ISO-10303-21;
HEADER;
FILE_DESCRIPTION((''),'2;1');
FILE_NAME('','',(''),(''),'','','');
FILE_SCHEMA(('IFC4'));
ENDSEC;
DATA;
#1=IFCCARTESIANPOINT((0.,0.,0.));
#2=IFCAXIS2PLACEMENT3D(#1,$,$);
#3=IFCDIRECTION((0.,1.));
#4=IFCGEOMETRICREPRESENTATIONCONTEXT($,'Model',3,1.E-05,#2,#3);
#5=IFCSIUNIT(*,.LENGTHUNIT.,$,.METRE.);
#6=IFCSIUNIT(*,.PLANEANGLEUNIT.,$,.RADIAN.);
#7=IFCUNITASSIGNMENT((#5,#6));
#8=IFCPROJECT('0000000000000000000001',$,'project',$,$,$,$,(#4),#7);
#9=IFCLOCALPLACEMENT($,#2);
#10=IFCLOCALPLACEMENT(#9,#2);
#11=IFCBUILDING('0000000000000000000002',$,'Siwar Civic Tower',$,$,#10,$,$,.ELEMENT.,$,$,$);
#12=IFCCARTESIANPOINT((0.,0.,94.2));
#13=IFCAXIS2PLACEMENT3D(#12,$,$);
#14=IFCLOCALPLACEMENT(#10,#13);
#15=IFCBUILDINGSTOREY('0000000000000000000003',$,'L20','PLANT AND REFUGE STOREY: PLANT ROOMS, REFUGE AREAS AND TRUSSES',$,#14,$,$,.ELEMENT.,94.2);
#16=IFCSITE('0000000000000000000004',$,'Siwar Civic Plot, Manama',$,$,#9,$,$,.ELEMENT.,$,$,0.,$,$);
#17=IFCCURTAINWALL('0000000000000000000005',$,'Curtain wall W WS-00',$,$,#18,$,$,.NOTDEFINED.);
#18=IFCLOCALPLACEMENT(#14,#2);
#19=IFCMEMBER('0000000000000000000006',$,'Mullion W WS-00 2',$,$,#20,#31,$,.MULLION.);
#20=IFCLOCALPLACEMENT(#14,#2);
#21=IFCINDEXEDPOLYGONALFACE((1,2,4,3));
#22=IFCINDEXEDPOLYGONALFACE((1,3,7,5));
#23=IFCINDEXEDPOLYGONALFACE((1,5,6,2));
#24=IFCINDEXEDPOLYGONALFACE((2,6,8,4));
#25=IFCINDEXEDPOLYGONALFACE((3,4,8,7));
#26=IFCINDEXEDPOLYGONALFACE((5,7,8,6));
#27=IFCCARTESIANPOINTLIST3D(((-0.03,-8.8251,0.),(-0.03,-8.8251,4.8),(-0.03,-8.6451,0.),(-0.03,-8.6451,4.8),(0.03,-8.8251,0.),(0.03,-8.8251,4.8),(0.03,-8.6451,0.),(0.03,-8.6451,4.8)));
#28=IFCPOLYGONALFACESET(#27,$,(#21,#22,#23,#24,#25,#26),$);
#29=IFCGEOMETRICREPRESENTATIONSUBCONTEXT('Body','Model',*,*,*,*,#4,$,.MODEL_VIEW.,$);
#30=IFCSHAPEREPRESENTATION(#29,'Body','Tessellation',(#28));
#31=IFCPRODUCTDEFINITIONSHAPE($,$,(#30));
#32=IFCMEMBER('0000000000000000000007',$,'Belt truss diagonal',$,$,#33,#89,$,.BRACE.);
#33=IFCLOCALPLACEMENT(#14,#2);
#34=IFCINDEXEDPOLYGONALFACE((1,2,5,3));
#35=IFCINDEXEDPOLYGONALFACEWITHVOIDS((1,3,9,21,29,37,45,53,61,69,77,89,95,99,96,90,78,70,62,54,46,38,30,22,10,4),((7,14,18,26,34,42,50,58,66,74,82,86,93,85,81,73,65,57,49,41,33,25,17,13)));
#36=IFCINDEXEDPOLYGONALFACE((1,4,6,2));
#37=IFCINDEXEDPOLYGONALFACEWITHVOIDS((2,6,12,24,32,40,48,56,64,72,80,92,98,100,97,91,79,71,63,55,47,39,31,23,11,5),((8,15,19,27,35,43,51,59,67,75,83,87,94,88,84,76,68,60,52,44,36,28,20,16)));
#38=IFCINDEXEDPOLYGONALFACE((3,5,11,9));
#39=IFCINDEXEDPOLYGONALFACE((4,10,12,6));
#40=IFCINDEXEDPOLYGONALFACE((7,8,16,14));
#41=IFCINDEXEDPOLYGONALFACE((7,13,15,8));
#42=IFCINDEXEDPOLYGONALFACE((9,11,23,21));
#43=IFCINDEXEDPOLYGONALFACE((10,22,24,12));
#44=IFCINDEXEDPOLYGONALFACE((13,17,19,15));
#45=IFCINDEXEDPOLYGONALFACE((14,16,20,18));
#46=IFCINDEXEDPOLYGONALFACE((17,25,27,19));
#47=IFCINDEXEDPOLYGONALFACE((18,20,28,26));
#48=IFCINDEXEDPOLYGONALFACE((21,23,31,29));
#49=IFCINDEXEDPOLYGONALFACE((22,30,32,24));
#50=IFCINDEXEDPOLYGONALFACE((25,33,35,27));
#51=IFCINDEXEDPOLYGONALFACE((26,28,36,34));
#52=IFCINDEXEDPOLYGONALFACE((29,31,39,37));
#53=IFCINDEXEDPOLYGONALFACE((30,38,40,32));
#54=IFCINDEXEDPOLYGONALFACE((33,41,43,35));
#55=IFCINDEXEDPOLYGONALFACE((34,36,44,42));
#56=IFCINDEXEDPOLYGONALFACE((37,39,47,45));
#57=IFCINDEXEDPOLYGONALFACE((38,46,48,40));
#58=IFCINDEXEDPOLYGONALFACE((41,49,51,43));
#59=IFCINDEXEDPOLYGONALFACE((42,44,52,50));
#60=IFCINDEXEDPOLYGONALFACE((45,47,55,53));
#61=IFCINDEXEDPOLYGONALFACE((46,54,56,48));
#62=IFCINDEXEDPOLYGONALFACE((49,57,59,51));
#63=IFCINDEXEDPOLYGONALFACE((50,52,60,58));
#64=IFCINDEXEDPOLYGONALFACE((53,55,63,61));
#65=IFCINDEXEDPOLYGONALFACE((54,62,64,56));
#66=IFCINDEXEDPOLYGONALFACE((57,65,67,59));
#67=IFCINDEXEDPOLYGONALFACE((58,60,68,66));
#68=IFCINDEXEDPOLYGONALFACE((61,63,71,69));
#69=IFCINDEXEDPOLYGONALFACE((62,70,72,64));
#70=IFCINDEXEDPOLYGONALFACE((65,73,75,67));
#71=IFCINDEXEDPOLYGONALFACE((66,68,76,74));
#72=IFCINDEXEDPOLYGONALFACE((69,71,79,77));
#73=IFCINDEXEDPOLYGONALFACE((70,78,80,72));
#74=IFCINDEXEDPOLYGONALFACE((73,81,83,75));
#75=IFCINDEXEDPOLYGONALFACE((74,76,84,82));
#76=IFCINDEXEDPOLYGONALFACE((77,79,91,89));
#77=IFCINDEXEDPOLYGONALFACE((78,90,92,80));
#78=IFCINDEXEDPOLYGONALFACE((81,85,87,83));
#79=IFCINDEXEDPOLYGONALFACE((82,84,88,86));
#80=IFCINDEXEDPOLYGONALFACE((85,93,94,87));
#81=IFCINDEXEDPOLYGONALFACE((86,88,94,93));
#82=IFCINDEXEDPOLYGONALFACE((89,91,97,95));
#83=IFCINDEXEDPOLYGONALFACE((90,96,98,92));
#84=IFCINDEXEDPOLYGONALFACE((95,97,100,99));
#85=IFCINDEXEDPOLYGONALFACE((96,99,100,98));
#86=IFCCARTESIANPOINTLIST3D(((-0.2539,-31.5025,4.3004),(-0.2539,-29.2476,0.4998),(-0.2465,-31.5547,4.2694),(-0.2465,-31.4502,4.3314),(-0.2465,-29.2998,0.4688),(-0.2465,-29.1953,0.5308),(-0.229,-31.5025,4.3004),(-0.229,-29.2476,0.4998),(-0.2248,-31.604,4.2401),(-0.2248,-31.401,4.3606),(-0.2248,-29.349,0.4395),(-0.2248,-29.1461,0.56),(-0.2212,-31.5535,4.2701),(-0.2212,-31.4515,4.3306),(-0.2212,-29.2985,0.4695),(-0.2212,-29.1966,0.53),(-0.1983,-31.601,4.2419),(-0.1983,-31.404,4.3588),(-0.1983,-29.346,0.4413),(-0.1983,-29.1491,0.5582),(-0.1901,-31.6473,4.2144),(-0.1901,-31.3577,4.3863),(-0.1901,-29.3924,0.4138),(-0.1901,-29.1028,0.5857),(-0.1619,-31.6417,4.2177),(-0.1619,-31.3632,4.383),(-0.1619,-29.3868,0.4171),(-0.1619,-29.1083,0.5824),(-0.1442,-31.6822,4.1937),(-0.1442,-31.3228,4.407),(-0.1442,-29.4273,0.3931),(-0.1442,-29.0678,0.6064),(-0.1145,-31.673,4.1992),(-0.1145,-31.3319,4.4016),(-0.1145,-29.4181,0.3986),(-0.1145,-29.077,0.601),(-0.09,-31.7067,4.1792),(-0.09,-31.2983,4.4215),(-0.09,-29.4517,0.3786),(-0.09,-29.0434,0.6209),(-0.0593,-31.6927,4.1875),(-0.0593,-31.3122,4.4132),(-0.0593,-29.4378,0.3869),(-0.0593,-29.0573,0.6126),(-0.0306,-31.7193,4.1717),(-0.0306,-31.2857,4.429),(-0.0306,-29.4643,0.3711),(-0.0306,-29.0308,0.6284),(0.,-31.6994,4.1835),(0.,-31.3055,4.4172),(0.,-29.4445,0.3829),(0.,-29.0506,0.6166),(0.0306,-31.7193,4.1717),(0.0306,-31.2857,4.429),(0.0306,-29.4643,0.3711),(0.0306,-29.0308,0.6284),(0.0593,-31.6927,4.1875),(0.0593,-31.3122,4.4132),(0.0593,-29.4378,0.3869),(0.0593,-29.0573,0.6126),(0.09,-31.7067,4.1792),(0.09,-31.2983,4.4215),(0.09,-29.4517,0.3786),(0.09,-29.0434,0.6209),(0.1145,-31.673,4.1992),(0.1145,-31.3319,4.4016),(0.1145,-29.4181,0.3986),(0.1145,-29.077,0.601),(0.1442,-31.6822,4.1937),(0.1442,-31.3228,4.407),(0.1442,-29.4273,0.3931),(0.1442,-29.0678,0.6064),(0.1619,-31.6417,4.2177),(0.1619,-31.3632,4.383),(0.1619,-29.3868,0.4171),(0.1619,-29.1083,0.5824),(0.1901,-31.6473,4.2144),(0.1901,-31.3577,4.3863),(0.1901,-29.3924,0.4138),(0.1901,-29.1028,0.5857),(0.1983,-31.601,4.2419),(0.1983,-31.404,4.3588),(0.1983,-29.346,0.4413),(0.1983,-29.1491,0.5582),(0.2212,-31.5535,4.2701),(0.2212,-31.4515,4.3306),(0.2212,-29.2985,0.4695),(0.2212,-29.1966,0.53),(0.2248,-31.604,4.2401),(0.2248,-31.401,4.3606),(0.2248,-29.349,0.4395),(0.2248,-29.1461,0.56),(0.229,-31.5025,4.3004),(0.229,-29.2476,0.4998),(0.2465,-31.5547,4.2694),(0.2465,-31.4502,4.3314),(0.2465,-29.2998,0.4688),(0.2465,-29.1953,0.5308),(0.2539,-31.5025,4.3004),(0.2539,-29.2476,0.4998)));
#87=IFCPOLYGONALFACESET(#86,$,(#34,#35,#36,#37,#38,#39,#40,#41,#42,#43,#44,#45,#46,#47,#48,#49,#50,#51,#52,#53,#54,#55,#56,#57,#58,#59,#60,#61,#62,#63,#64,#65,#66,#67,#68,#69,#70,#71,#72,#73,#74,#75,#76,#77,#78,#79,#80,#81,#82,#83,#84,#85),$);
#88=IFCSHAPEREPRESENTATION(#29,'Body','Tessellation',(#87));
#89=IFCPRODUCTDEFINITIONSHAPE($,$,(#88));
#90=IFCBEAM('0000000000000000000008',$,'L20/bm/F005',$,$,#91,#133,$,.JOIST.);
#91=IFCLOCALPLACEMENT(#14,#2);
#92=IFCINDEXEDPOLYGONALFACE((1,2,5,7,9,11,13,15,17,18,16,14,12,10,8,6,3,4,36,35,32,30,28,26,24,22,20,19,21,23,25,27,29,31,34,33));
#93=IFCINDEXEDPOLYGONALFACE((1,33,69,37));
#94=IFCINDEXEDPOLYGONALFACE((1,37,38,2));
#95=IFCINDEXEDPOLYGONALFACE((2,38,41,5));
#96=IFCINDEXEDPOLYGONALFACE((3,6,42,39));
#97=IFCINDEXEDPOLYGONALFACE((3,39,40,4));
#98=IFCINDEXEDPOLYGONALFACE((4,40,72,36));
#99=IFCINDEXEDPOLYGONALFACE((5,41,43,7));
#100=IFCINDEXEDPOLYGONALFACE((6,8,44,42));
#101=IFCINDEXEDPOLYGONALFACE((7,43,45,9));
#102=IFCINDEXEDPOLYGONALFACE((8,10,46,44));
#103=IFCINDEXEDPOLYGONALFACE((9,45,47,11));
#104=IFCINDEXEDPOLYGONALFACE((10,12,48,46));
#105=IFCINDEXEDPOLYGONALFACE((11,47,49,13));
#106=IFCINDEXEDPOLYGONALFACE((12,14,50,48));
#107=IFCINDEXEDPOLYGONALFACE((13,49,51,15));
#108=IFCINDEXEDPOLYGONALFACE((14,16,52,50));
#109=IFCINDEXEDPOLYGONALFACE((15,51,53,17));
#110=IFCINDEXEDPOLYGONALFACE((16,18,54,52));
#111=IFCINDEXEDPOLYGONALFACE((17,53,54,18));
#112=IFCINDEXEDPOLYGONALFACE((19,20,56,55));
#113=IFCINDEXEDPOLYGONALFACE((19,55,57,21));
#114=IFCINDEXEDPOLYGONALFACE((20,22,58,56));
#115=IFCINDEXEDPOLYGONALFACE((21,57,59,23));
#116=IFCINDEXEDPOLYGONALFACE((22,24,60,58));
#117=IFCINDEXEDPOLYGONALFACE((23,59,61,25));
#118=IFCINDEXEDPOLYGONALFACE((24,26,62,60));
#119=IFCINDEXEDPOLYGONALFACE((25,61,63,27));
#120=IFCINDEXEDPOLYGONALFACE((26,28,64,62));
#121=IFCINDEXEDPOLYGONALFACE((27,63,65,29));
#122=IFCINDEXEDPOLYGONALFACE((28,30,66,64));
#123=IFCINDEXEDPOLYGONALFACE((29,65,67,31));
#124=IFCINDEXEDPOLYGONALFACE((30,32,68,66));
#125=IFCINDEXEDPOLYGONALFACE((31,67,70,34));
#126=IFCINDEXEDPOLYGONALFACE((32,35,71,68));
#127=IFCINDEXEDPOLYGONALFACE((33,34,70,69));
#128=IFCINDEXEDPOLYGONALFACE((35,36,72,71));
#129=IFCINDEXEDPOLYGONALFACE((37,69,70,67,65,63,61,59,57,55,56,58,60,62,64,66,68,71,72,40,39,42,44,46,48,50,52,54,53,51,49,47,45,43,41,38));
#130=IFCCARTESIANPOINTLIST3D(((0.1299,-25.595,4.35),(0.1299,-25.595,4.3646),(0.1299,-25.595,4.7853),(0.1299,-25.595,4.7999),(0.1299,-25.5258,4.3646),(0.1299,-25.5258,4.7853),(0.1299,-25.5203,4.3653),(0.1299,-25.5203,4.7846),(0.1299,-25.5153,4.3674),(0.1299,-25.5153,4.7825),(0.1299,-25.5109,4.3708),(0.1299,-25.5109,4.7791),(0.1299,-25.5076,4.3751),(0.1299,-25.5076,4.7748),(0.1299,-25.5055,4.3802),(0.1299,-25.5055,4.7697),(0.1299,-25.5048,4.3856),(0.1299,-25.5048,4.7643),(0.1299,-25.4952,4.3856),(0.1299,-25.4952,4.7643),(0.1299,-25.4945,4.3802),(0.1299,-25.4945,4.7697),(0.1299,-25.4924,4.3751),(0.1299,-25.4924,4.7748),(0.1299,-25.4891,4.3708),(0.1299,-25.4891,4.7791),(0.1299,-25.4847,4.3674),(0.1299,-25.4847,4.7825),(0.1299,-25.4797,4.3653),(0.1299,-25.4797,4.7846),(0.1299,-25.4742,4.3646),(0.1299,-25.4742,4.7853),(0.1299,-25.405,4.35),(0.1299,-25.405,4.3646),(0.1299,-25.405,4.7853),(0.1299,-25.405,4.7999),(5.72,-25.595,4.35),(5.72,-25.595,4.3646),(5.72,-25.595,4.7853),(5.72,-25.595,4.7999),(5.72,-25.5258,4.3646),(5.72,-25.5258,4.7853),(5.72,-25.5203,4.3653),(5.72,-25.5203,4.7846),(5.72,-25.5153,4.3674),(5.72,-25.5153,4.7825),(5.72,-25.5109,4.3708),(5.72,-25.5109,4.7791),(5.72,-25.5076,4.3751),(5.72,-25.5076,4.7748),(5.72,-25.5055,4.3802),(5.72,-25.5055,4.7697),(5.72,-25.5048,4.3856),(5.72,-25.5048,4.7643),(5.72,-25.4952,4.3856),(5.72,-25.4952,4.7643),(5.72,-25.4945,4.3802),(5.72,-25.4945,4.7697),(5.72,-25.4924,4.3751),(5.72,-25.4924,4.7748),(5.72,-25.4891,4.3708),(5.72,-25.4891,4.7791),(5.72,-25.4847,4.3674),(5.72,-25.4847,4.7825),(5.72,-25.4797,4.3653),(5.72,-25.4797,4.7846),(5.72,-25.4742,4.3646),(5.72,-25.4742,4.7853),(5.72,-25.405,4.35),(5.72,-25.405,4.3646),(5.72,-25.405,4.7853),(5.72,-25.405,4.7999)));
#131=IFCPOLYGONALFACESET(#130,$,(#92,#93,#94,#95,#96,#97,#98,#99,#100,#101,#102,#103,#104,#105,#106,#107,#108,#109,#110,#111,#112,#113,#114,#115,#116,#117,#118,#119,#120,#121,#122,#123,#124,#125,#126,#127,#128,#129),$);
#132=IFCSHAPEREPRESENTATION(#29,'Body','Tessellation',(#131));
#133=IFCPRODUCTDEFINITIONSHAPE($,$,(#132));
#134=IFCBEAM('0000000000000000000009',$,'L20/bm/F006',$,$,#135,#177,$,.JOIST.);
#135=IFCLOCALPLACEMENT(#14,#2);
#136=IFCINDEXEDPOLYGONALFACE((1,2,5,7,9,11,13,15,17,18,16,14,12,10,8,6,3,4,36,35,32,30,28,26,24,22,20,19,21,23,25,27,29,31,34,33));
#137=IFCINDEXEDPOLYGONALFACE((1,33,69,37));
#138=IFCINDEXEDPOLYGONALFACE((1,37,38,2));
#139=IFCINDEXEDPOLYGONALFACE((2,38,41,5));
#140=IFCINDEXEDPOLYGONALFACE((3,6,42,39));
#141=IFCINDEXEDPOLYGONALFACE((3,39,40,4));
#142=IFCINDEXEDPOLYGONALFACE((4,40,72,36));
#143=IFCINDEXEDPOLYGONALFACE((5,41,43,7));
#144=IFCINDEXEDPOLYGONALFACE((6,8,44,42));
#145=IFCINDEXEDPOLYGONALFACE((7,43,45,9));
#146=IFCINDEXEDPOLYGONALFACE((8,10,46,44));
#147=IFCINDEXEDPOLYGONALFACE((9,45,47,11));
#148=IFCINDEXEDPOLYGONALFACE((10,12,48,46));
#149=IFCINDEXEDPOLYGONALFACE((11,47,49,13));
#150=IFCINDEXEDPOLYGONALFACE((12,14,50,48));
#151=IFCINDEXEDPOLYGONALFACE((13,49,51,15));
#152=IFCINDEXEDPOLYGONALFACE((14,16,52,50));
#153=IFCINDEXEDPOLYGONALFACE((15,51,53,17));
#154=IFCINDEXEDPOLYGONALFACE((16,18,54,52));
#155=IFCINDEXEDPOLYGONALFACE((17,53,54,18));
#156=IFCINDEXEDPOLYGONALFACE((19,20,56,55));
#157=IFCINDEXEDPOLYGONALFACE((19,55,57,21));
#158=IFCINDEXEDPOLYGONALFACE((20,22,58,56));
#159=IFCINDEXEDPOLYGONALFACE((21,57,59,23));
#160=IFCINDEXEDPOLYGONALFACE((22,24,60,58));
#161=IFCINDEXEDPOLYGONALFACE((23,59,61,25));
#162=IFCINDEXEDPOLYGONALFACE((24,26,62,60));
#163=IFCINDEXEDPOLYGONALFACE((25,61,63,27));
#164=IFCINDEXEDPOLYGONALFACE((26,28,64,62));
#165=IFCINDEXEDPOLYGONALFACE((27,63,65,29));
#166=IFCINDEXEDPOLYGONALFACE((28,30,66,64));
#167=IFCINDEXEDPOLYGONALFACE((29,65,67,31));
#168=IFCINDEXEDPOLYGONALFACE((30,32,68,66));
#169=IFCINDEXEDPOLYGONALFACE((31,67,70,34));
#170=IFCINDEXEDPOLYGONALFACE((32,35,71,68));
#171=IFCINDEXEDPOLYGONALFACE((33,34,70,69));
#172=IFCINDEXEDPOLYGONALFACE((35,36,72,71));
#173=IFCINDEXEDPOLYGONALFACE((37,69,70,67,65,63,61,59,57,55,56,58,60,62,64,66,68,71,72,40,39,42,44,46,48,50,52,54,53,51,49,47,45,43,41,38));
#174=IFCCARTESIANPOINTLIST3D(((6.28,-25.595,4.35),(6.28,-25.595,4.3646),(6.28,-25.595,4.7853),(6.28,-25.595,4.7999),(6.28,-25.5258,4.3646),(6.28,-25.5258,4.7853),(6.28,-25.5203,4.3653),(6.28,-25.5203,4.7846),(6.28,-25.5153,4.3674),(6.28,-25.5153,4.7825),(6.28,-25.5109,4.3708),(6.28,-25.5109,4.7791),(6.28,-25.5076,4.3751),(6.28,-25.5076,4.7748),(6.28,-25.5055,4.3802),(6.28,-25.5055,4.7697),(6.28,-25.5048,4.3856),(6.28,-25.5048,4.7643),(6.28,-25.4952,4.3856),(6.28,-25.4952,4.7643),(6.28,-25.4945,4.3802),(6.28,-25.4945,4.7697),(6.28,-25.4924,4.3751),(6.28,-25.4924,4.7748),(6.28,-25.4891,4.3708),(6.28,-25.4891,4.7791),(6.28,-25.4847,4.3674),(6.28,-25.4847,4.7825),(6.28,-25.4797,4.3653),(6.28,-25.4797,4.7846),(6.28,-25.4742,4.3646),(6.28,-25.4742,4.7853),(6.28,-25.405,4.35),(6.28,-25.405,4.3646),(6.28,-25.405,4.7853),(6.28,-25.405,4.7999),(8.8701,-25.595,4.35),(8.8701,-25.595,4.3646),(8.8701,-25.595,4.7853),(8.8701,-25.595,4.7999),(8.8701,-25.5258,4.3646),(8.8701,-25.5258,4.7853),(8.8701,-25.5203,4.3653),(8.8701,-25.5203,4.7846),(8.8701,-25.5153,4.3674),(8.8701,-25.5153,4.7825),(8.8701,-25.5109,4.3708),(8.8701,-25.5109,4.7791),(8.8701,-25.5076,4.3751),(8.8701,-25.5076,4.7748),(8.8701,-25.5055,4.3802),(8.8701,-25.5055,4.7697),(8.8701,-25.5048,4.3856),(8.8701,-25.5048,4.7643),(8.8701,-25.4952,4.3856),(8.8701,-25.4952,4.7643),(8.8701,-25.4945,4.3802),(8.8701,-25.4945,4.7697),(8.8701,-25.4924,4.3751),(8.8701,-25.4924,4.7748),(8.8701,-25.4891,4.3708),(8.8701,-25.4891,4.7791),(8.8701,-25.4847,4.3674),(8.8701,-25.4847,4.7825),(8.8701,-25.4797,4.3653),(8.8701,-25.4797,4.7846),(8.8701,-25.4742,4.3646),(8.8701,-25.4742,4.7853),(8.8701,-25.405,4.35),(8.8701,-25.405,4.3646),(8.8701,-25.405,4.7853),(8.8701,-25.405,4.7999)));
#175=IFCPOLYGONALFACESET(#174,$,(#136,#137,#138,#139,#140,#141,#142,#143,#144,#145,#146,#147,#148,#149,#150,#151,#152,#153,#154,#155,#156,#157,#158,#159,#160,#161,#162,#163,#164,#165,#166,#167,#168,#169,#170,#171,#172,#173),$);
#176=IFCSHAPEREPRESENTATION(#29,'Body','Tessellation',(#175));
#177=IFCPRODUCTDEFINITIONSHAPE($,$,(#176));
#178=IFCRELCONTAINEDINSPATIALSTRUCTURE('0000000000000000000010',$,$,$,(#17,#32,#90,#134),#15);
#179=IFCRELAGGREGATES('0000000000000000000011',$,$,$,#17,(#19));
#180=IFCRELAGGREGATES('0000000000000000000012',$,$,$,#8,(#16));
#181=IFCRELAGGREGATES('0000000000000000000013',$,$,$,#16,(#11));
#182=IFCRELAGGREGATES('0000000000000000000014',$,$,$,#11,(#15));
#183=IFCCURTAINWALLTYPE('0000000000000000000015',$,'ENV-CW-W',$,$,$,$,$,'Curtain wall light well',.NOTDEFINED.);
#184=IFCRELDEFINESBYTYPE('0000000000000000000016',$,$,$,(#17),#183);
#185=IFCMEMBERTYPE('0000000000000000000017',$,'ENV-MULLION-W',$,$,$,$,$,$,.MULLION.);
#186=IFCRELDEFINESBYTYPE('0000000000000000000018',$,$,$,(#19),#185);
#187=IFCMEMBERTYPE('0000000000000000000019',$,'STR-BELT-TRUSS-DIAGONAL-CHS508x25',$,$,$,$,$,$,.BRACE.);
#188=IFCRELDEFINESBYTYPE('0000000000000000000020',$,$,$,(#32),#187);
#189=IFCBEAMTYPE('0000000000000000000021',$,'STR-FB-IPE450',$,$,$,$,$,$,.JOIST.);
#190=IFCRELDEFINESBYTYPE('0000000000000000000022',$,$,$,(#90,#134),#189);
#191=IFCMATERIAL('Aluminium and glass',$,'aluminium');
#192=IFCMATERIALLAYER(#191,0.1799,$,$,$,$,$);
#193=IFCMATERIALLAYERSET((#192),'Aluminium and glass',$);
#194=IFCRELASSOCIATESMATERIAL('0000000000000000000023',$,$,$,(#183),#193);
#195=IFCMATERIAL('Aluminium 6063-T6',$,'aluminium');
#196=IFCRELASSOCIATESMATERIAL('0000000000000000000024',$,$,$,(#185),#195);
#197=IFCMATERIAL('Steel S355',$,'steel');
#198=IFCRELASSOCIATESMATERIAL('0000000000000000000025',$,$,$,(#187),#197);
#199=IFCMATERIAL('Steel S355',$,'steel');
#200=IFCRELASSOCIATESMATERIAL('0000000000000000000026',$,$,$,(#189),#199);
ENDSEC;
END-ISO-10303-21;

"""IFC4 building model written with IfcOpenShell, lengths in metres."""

from ifc_helpers import new_model, si_unit, direction, frame, origin, origin_2d, place, context, subcontext, project, spatial, rectangle, hollow_circle, i_section, extrude, material, layer, layer_set, material_profile, profile_set, type_object, element, aggregate, save


model = new_model("IFC4")

# Units and contexts
model_context = context("Model", 3, precision=1e-05, world=origin(), true_north=direction((0.0, 1.0)))
body_context = subcontext(model_context, "Body", "Model", "MODEL_VIEW")
ifc_project = project(units=[si_unit("LENGTHUNIT", "METRE"), si_unit("PLANEANGLEUNIT", "RADIAN")], contexts=[model_context])

# Site, building, storey
site_placement = place(None, origin())
site = spatial("IfcSite", under=ifc_project, at=site_placement, Name="Siwar Civic Plot, Manama", CompositionType="ELEMENT", RefElevation=0.0)
building_placement = place(site_placement, origin())
building = spatial("IfcBuilding", under=site, at=building_placement, Name="Siwar Civic Tower", CompositionType="ELEMENT")
storey_placement = place(building_placement, frame((0.0, 0.0, 94.2)))
storey = spatial("IfcBuildingStorey", under=building, at=storey_placement, Name="L20", Description="PLANT AND REFUGE STOREY: PLANT ROOMS, REFUGE AREAS AND TRUSSES", CompositionType="ELEMENT", Elevation=94.2)

# Curtain wall, member
ifc_material_1 = material(Name="Aluminium and glass", Category="aluminium")
ifc_layer_1 = layer(ifc_material_1, 0.1799)
ifc_layer_set_1 = layer_set([ifc_layer_1], Name="Aluminium and glass")
curtain_wall_type = type_object("IfcCurtainWallType", Name="ENV-CW-W", ElementType="Curtain wall light well", PredefinedType="NOTDEFINED", material=ifc_layer_set_1)
curtain_wall_placement = place(storey_placement, origin())
curtain_wall = element("IfcCurtainWall", 1, at=curtain_wall_placement, inside=storey, type_object=curtain_wall_type, Name="Curtain wall W WS-00", PredefinedType="NOTDEFINED")
ifc_material_2 = material(Name="Aluminium 6063-T6", Category="aluminium")
ifc_material_profile_1 = material_profile(ifc_material_2, rectangle(XDim=0.1799, YDim=0.0601, at=origin_2d()), Name="AL 180x60")
ifc_profile_set_1 = profile_set([ifc_material_profile_1], Name="Aluminium 6063-T6")
member_type_1 = type_object("IfcMemberType", Name="ENV-MULLION-W", PredefinedType="MULLION", material=ifc_profile_set_1)
member_1_placement = place(storey_placement, frame((0.0, -8.7351, 0.0), z_axis=(0.0, 0.0, 1.0), x_axis=(0.0, 1.0, 0.0)))
member_1 = element("IfcMember", 2, at=member_1_placement, type_object=member_type_1, Name="Mullion W WS-00 2", PredefinedType="MULLION", context=body_context, shape_type="SweptSolid", body=[
    extrude(rectangle(XDim=0.1799, YDim=0.0601, at=origin_2d()), origin(), (0.0, 0.0, 1.0), 4.8),
])
aggregate(curtain_wall, [member_1])

# Member
ifc_material_3 = material(Name="Steel S355", Category="steel")
ifc_material_profile_2 = material_profile(ifc_material_3, hollow_circle(Radius=0.2539, WallThickness=0.0249, at=origin_2d()), Name="CHS508x25")
ifc_profile_set_2 = profile_set([ifc_material_profile_2], Name="Steel S355")
member_type_2 = type_object("IfcMemberType", Name="STR-BELT-TRUSS-DIAGONAL-CHS508x25", PredefinedType="BRACE", material=ifc_profile_set_2)
member_2_placement = place(storey_placement, frame((0.0, -29.2476, 0.4998), z_axis=(0.0, -0.510257, 0.860022), x_axis=(1.0, 0.0, 0.0)))
element("IfcMember", 3, at=member_2_placement, inside=storey, type_object=member_type_2, Name="Belt truss diagonal", PredefinedType="BRACE", context=body_context, shape_type="SweptSolid", body=[
    extrude(hollow_circle(Radius=0.2539, WallThickness=0.0249, at=origin_2d()), origin(), (0.0, 0.0, 1.0), 4.4192),
])

# Beams
ifc_material_4 = material(Name="Steel S355", Category="steel")
ifc_material_profile_3 = material_profile(ifc_material_4, i_section(OverallWidth=0.1899, OverallDepth=0.45, WebThickness=0.0095, FlangeThickness=0.0146, FilletRadius=0.021, at=origin_2d()), Name="IPE450")
ifc_profile_set_3 = profile_set([ifc_material_profile_3], Name="Steel S355")
beam_type_1 = type_object("IfcBeamType", Name="STR-FB-IPE450", PredefinedType="JOIST", material=ifc_profile_set_3)
beam_1_placement = place(storey_placement, frame((0.1299, -25.5, 4.575), z_axis=(1.0, 0.0, 0.0), x_axis=(0.0, 1.0, 0.0)))
element("IfcBeam", 4, at=beam_1_placement, inside=storey, type_object=beam_type_1, Name="L20/bm/F005", PredefinedType="JOIST", context=body_context, shape_type="SweptSolid", body=[
    extrude(i_section(OverallWidth=0.1899, OverallDepth=0.45, WebThickness=0.0095, FlangeThickness=0.0146, FilletRadius=0.021, at=origin_2d()), origin(), (0.0, 0.0, 1.0), 5.5901),
])
beam_2_placement = place(storey_placement, frame((6.28, -25.5, 4.575), z_axis=(1.0, 0.0, 0.0), x_axis=(0.0, 1.0, 0.0)))
element("IfcBeam", 5, at=beam_2_placement, inside=storey, type_object=beam_type_1, Name="L20/bm/F006", PredefinedType="JOIST", context=body_context, shape_type="SweptSolid", body=[
    extrude(i_section(OverallWidth=0.1899, OverallDepth=0.45, WebThickness=0.0095, FlangeThickness=0.0146, FilletRadius=0.021, at=origin_2d()), origin(), (0.0, 0.0, 1.0), 2.5901),
])

save(model, "model.ifc")
